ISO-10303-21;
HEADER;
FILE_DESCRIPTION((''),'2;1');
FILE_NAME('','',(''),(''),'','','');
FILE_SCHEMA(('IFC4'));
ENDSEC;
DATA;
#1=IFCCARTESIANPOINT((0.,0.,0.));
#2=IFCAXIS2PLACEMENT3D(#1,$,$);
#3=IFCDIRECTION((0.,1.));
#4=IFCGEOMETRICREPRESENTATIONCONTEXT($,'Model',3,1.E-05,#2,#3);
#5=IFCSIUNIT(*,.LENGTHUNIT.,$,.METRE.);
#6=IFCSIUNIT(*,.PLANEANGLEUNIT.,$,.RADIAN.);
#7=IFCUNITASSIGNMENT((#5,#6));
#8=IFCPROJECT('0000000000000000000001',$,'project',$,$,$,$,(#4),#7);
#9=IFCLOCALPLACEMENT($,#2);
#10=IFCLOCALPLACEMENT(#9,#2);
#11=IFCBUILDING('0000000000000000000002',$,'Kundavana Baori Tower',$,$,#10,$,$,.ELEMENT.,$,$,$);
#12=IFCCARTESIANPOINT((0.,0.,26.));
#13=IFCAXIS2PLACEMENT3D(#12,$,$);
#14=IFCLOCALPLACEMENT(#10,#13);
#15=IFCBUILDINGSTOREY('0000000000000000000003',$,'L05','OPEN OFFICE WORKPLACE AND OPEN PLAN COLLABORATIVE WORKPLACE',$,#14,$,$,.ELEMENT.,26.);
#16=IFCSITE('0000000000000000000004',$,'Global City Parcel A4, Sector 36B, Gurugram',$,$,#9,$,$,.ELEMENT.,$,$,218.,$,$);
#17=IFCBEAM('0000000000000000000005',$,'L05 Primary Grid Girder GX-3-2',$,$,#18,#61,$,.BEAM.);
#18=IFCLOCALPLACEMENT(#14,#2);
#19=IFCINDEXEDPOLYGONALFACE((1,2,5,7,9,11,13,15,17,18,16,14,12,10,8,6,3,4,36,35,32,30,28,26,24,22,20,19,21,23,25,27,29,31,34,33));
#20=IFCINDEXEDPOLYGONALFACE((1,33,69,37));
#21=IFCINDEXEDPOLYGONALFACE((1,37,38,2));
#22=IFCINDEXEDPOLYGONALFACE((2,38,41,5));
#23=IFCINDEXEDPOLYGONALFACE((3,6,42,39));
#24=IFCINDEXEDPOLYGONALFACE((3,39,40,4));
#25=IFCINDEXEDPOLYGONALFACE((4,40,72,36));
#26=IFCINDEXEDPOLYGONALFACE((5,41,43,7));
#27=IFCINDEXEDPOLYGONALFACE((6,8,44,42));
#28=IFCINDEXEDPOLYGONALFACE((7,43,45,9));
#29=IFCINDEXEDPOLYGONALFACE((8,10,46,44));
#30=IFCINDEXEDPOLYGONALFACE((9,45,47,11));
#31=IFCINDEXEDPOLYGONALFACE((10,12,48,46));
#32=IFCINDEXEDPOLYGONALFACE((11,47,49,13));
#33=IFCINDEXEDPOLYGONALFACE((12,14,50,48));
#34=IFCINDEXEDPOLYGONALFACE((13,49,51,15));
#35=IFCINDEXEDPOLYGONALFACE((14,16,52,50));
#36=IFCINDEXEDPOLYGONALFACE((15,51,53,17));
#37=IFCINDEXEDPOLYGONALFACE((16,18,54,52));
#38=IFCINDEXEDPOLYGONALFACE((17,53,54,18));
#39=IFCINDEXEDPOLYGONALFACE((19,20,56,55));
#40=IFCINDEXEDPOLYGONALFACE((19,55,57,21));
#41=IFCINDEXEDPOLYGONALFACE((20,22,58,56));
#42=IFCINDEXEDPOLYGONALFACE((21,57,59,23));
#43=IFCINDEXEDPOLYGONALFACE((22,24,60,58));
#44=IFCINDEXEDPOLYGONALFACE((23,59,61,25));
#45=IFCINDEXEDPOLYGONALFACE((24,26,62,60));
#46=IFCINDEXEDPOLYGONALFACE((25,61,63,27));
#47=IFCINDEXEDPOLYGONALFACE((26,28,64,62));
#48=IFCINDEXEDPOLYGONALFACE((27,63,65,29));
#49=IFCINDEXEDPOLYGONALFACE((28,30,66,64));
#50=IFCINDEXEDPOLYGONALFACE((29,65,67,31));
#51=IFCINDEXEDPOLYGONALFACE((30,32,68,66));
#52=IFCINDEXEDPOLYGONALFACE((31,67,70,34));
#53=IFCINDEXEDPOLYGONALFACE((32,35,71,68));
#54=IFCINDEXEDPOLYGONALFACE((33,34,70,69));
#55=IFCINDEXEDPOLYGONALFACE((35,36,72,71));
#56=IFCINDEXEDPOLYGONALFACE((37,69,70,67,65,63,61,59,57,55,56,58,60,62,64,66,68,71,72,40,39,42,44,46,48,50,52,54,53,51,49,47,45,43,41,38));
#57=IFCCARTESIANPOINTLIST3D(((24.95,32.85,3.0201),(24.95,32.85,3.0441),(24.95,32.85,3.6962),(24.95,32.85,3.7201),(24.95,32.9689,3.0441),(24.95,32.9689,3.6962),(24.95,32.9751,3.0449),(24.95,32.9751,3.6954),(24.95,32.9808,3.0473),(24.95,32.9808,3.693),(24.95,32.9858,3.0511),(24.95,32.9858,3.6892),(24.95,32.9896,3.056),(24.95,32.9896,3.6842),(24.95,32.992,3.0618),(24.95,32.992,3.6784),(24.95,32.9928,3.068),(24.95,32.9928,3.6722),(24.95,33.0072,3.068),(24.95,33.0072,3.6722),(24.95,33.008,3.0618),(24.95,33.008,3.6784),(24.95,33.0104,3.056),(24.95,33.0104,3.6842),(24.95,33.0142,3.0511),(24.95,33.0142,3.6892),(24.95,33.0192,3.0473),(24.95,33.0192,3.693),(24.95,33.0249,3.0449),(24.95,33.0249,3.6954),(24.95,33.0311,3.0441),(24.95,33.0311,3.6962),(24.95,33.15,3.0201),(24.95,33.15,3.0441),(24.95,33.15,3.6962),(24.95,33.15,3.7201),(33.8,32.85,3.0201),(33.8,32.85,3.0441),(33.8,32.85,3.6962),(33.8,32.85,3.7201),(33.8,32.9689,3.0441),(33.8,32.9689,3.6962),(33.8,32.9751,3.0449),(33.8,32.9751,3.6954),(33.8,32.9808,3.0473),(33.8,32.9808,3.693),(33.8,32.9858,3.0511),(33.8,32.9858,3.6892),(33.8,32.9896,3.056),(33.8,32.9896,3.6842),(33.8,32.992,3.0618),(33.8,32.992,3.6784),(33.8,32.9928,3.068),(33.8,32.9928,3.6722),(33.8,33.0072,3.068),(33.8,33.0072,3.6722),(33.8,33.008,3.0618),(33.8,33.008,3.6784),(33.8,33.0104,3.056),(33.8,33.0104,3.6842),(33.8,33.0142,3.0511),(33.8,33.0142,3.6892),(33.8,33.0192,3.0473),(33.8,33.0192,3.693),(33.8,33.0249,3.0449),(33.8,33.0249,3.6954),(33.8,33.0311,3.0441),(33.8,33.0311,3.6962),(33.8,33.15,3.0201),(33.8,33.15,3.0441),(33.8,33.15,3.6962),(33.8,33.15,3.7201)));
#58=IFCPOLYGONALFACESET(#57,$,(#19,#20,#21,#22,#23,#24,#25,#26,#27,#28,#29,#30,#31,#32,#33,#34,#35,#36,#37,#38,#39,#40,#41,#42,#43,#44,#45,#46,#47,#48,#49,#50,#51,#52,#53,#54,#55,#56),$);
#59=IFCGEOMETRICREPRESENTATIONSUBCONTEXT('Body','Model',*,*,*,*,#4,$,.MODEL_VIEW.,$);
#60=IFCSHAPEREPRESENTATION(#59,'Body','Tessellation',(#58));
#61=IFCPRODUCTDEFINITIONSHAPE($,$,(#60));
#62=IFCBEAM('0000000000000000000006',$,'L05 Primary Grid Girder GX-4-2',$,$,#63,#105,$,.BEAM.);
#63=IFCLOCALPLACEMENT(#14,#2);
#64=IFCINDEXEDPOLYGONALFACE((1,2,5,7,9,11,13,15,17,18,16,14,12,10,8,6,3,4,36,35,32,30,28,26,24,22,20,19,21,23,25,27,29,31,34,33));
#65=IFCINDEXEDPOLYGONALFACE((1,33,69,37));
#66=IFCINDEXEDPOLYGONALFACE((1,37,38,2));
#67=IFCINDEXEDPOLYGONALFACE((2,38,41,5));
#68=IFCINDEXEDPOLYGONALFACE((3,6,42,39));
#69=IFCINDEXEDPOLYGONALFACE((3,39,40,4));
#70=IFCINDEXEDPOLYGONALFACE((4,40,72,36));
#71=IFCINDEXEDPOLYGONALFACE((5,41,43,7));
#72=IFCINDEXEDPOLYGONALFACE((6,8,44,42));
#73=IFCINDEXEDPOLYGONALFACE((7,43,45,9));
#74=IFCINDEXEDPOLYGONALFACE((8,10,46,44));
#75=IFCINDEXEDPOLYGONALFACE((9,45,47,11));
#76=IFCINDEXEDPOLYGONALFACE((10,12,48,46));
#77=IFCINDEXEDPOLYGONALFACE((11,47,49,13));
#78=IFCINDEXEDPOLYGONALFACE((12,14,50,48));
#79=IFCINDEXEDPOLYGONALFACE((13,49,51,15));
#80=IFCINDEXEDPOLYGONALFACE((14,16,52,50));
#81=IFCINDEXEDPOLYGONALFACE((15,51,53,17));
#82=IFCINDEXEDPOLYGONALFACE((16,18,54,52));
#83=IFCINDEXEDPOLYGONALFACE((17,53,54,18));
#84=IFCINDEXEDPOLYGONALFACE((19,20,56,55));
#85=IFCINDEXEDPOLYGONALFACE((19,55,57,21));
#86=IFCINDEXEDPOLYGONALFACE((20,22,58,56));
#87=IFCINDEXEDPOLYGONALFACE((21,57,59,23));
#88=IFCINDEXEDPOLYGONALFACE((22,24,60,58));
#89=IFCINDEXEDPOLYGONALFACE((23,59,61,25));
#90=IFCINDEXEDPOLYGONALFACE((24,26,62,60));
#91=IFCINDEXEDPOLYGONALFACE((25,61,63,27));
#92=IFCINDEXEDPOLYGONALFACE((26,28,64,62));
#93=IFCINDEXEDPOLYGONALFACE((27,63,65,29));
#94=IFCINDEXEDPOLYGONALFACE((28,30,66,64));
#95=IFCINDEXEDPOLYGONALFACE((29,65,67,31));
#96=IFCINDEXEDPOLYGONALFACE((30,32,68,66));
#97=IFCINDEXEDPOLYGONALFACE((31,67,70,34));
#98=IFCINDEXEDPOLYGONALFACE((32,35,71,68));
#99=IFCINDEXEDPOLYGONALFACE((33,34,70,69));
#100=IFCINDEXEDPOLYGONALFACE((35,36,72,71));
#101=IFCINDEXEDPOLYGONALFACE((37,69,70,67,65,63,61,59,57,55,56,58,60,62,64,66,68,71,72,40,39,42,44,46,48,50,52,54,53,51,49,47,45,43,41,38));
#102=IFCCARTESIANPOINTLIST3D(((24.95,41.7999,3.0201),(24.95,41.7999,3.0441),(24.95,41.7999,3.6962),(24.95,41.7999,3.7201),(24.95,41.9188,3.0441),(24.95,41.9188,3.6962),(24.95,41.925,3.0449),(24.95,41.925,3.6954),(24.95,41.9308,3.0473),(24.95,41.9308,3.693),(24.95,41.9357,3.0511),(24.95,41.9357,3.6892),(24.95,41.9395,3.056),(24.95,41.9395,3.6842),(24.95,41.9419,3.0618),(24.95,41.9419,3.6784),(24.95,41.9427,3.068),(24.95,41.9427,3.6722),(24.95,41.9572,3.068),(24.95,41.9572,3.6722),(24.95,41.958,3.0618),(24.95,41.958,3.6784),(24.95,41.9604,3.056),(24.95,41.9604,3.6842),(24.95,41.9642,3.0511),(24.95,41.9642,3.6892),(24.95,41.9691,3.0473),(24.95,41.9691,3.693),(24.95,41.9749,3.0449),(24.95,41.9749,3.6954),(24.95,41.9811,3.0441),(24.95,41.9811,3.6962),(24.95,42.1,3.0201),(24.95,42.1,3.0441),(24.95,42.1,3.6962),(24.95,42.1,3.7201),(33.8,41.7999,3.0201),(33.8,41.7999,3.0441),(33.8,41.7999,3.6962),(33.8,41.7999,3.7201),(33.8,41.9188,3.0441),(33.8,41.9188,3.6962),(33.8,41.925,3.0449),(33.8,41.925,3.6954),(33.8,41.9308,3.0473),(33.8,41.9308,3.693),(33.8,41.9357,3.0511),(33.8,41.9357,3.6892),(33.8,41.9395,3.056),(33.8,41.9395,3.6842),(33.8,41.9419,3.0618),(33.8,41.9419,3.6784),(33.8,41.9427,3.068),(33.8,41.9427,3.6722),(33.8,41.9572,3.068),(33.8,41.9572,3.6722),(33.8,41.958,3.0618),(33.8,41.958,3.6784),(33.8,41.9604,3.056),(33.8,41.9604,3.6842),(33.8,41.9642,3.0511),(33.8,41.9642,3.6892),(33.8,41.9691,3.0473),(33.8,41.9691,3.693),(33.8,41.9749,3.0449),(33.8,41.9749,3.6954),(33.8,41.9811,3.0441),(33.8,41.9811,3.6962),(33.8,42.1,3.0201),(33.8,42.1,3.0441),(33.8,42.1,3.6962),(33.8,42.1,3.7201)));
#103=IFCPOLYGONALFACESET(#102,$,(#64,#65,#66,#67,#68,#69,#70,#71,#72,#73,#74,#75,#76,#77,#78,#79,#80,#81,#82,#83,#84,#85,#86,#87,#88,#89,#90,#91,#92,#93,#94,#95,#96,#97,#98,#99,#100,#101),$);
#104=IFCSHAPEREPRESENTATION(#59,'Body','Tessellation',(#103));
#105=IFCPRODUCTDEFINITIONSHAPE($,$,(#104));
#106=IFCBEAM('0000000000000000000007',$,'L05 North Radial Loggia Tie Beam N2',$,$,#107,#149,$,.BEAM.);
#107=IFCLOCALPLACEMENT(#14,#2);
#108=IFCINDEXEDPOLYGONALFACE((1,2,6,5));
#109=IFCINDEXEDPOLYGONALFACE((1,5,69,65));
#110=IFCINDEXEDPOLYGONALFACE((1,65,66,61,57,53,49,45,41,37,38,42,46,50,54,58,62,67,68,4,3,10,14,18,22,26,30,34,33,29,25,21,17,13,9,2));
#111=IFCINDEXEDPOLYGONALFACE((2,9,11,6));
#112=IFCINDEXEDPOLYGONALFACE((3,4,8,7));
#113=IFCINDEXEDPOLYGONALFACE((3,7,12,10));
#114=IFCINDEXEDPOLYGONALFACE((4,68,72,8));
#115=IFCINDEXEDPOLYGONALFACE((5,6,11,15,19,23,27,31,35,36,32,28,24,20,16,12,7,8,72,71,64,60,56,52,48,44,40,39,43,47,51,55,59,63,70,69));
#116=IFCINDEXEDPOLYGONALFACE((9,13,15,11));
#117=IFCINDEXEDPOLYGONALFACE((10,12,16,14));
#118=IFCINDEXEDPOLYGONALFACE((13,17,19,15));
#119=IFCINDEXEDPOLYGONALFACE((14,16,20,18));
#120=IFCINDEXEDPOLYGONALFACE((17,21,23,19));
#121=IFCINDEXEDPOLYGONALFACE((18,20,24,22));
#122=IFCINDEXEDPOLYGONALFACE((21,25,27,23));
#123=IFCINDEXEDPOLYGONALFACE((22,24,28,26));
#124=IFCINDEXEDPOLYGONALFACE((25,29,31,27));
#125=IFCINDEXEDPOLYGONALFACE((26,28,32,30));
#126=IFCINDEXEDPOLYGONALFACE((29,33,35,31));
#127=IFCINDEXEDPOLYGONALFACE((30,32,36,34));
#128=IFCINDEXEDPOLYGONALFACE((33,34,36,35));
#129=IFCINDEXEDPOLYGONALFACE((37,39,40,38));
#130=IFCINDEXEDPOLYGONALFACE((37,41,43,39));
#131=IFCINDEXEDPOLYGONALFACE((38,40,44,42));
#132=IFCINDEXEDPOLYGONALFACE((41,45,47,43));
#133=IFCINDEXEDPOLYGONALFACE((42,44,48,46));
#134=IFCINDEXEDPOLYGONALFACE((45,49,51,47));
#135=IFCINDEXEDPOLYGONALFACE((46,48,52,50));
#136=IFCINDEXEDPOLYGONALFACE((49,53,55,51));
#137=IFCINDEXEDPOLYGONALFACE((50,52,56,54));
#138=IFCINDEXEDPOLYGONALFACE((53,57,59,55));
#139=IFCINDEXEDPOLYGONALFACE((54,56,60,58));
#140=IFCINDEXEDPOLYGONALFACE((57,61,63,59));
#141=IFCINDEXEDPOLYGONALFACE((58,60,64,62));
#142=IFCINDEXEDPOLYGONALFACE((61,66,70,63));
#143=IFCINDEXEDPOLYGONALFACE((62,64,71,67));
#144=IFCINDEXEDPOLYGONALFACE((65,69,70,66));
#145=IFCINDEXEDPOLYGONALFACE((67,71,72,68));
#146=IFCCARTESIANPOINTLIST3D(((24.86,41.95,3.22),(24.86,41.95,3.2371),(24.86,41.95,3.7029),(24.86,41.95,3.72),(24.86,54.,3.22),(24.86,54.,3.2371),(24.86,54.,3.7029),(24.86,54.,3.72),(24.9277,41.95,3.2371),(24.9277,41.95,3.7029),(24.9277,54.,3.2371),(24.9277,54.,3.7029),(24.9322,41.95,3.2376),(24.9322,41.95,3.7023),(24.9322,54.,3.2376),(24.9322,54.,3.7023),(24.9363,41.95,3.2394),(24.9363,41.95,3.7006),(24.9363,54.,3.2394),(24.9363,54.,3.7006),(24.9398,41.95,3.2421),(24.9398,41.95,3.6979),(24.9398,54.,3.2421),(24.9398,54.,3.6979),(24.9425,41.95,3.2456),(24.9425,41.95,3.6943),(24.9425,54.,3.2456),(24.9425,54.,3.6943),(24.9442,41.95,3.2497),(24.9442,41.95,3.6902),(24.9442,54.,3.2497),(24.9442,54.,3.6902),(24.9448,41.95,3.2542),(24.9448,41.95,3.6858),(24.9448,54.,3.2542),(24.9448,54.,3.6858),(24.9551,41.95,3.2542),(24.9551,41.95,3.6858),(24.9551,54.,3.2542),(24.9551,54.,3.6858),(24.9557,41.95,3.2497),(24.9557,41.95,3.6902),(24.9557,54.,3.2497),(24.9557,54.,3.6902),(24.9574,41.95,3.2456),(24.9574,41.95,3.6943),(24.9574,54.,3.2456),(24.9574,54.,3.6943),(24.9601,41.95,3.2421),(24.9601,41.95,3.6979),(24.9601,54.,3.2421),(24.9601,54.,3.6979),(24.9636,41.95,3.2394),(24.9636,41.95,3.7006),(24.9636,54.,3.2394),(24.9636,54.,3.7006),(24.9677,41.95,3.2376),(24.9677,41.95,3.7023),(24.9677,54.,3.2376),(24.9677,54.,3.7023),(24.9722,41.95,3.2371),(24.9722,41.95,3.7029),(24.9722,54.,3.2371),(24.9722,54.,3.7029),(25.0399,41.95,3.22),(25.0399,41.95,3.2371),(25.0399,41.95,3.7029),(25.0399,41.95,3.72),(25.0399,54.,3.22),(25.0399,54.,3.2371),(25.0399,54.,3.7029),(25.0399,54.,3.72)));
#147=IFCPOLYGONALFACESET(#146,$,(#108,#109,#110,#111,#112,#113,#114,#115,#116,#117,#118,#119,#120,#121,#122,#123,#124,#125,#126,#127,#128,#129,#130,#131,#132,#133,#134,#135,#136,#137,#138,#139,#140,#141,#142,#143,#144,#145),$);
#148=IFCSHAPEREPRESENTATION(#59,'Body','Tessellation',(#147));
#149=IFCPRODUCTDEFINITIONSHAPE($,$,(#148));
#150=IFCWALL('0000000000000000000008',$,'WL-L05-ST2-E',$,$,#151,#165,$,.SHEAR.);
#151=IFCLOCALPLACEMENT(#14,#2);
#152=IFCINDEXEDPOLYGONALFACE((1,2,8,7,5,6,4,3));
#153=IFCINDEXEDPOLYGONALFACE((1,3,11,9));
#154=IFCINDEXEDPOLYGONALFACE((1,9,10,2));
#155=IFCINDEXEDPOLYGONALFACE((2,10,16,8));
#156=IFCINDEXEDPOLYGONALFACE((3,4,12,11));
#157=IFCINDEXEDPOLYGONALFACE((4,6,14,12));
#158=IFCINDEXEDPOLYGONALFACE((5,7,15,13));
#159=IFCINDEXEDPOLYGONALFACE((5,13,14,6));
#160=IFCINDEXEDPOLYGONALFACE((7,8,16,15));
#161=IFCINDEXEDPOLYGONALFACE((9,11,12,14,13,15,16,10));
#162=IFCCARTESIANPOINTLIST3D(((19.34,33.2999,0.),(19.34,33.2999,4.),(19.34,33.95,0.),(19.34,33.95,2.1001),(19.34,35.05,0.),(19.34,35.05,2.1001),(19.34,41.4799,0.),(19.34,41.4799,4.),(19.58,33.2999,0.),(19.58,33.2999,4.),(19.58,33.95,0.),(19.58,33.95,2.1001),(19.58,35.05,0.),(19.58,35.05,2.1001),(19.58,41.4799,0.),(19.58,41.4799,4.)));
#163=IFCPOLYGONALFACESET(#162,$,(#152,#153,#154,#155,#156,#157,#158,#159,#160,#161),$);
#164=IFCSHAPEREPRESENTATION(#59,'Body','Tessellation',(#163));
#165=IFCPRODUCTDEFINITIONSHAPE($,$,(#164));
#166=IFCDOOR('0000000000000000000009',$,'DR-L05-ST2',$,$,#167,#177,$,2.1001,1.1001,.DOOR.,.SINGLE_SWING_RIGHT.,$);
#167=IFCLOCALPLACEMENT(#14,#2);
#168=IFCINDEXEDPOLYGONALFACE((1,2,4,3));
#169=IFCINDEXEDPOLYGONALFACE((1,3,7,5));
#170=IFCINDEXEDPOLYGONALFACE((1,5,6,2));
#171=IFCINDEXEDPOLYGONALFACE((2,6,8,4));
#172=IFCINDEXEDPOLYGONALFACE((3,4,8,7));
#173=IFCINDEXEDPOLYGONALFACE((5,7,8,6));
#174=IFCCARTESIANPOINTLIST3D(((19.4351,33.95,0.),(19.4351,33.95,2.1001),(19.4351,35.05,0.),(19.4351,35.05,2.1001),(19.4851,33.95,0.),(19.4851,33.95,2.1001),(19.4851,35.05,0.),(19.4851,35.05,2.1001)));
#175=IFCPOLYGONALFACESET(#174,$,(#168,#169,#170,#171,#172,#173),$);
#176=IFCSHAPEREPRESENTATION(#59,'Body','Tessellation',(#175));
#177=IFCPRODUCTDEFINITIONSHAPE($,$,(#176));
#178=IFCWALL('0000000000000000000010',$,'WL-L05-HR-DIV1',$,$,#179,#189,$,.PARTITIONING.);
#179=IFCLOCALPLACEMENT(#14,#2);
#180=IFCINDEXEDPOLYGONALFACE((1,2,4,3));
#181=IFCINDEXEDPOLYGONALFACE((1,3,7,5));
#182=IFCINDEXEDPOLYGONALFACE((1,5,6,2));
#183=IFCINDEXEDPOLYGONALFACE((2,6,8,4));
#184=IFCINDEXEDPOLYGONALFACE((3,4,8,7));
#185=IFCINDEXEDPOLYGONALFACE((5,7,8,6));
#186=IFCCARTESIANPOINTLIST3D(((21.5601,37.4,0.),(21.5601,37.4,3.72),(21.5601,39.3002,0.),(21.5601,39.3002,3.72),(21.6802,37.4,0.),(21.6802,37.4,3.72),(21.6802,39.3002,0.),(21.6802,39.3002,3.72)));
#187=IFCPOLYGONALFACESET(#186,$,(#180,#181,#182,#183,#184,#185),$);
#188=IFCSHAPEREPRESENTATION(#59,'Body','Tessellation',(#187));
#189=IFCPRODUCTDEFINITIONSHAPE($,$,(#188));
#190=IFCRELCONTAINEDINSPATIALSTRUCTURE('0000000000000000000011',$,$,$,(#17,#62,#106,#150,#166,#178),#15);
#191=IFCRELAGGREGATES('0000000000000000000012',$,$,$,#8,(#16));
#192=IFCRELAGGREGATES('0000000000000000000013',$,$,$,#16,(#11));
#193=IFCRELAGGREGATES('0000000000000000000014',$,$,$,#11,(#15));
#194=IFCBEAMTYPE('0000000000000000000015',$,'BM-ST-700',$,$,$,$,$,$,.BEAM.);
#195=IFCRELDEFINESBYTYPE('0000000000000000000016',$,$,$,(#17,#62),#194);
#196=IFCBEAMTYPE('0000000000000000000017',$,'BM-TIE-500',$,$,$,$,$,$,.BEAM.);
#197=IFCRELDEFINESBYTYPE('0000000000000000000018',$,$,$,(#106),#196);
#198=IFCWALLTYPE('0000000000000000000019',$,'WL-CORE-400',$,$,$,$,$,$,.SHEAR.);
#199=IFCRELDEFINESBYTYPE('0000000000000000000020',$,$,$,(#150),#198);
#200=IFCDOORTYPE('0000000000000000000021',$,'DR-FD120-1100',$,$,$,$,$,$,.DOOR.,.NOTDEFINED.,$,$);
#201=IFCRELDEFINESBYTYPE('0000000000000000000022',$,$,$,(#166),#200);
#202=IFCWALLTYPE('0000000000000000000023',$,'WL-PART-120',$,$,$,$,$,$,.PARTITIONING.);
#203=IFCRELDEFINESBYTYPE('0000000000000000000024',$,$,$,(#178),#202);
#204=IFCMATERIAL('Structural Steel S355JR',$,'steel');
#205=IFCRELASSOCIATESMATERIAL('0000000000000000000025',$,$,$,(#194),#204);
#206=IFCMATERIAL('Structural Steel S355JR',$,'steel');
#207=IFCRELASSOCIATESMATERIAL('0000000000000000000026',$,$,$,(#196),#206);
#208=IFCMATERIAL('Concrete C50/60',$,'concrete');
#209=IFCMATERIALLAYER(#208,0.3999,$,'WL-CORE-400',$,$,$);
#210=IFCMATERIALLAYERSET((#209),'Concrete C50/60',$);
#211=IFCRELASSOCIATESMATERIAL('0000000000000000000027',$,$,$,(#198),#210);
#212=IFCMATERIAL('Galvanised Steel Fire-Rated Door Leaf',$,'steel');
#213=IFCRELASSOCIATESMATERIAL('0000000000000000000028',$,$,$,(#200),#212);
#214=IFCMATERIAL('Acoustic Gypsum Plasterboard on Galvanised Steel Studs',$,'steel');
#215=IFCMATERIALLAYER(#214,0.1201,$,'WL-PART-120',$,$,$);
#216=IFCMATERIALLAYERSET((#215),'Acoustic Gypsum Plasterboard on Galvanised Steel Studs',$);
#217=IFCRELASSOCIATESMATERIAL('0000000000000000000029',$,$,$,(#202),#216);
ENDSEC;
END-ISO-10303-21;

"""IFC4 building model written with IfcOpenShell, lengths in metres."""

from ifc_helpers import new_model, si_unit, direction, frame, frame_2d, origin, origin_2d, place, context, subcontext, project, spatial, rectangle, i_section, extrude, material, layer, layer_set, material_profile, profile_set, type_object, element, fill, save


model = new_model("IFC4")

# Units and contexts
model_context = context("Model", 3, precision=1e-05, world=origin(), true_north=direction((0.0, 1.0)))
body_context = subcontext(model_context, "Body", "Model", "MODEL_VIEW")
ifc_project = project(units=[si_unit("LENGTHUNIT", "METRE"), si_unit("PLANEANGLEUNIT", "RADIAN")], contexts=[model_context])

# Site, building, storey
site_placement = place(None, origin())
site = spatial("IfcSite", under=ifc_project, at=site_placement, Name="Global City Parcel A4, Sector 36B, Gurugram", CompositionType="ELEMENT", RefElevation=218.0)
building_placement = place(site_placement, origin())
building = spatial("IfcBuilding", under=site, at=building_placement, Name="Kundavana Baori Tower", CompositionType="ELEMENT")
storey_placement = place(building_placement, frame((0.0, 0.0, 26.0)))
storey = spatial("IfcBuildingStorey", under=building, at=storey_placement, Name="L05", Description="OPEN OFFICE WORKPLACE AND OPEN PLAN COLLABORATIVE WORKPLACE", CompositionType="ELEMENT", Elevation=26.0)

# Beams
ifc_material_1 = material(Name="Structural Steel S355JR", Category="steel")
ifc_material_profile_1 = material_profile(ifc_material_1, i_section(OverallWidth=0.3, OverallDepth=0.7, WebThickness=0.0144, FlangeThickness=0.0239, FilletRadius=0.0239, at=origin_2d()), Name="NPB 700x300x170")
ifc_profile_set_1 = profile_set([ifc_material_profile_1], Name="Structural Steel S355JR")
beam_type_1 = type_object("IfcBeamType", Name="BM-ST-700", PredefinedType="BEAM", material=ifc_profile_set_1)
for number, where, z_axis, x_axis, name in (
    (1, (24.95, 33.0, 3.3701), (1.0, 0.0, 0.0), (0.0, 1.0, 0.0), "L05 Primary Grid Girder GX-3-2"),
    (2, (24.95, 41.95, 3.3701), (1.0, 0.0, 0.0), (0.0, 1.0, 0.0), "L05 Primary Grid Girder GX-4-2"),
):
    element("IfcBeam", number, at=place(storey_placement, frame(where, z_axis=z_axis, x_axis=x_axis)), inside=storey, type_object=beam_type_1, Name=name, PredefinedType="BEAM", context=body_context, shape_type="SweptSolid", body=[
        extrude(i_section(OverallWidth=0.3, OverallDepth=0.7, WebThickness=0.0144, FlangeThickness=0.0239, FilletRadius=0.0239, at=origin_2d()), origin(), (0.0, 0.0, 1.0), 8.8501),
    ])
ifc_material_2 = material(Name="Structural Steel S355JR", Category="steel")
ifc_material_profile_2 = material_profile(ifc_material_2, i_section(OverallWidth=0.1799, OverallDepth=0.5, WebThickness=0.0103, FlangeThickness=0.0171, FilletRadius=0.0171, at=origin_2d()), Name="ISMB 500")
ifc_profile_set_2 = profile_set([ifc_material_profile_2], Name="Structural Steel S355JR")
beam_type_2 = type_object("IfcBeamType", Name="BM-TIE-500", PredefinedType="BEAM", material=ifc_profile_set_2)
beam_1_placement = place(storey_placement, frame((24.95, 41.95, 3.47), z_axis=(0.0, 1.0, 0.0), x_axis=(-1.0, 0.0, 0.0)))
element("IfcBeam", 3, at=beam_1_placement, inside=storey, type_object=beam_type_2, Name="L05 North Radial Loggia Tie Beam N2", PredefinedType="BEAM", context=body_context, shape_type="SweptSolid", body=[
    extrude(i_section(OverallWidth=0.1799, OverallDepth=0.5, WebThickness=0.0103, FlangeThickness=0.0171, FilletRadius=0.0171, at=origin_2d()), origin(), (0.0, 0.0, 1.0), 12.05),
])

# Wall, opening, door
ifc_material_3 = material(Name="Concrete C50/60", Category="concrete")
ifc_layer_1 = layer(ifc_material_3, 0.3999, Name="WL-CORE-400")
ifc_layer_set_1 = layer_set([ifc_layer_1], Name="Concrete C50/60")
wall_type_1 = type_object("IfcWallType", Name="WL-CORE-400", PredefinedType="SHEAR", material=ifc_layer_set_1)
wall_1_placement = place(storey_placement, frame((19.46, 33.3, 0.0), z_axis=(0.0, 0.0, 1.0), x_axis=(0.0, 1.0, 0.0)))
wall_1 = element("IfcWall", 4, at=wall_1_placement, inside=storey, type_object=wall_type_1, Name="WL-L05-ST2-E", PredefinedType="SHEAR", context=body_context, shape_type="SweptSolid", body=[
    extrude(rectangle(XDim=8.1799, YDim=0.24, at=frame_2d((4.0898, 0.0))), origin(), (0.0, 0.0, 1.0), 4.0),
])
opening_1_placement = place(wall_1_placement, frame((0.6499, 0.0, 0.0)))
opening_1 = element("IfcOpeningElement", 5, at=opening_1_placement, cuts=wall_1, PredefinedType="OPENING", context=body_context, shape_type="SweptSolid", body=[
    extrude(rectangle(XDim=1.1001, YDim=2.1001, at=frame_2d((0.55, 1.05))), frame((0.0, 0.1299, 0.0), z_axis=(0.0, -1.0, 0.0), x_axis=(1.0, 0.0, 0.0)), (0.0, 0.0, 1.0), 0.26),
])
ifc_material_4 = material(Name="Galvanised Steel Fire-Rated Door Leaf", Category="steel")
door_type_1 = type_object("IfcDoorType", Name="DR-FD120-1100", OperationType="NOTDEFINED", PredefinedType="DOOR", material=ifc_material_4)
door_1_placement = place(opening_1_placement, origin())
door_1 = element("IfcDoor", 6, at=door_1_placement, inside=storey, type_object=door_type_1, Name="DR-L05-ST2", OperationType="SINGLE_SWING_RIGHT", OverallHeight=2.1001, OverallWidth=1.1001, PredefinedType="DOOR", context=body_context, shape_type="SweptSolid", body=[
    extrude(rectangle(XDim=1.1001, YDim=2.1001, at=frame_2d((0.55, 1.05))), frame((0.0, 0.0249, 0.0), z_axis=(0.0, -1.0, 0.0), x_axis=(1.0, 0.0, 0.0)), (0.0, 0.0, 1.0), 0.05),
])
fill(opening_1, door_1)

# Wall
ifc_material_5 = material(Name="Acoustic Gypsum Plasterboard on Galvanised Steel Studs", Category="steel")
ifc_layer_2 = layer(ifc_material_5, 0.1201, Name="WL-PART-120")
ifc_layer_set_2 = layer_set([ifc_layer_2], Name="Acoustic Gypsum Plasterboard on Galvanised Steel Studs")
wall_type_2 = type_object("IfcWallType", Name="WL-PART-120", PredefinedType="PARTITIONING", material=ifc_layer_set_2)
wall_2_placement = place(storey_placement, frame((21.6201, 37.3999, 0.0), z_axis=(0.0, 0.0, 1.0), x_axis=(0.0, 1.0, 0.0)))
element("IfcWall", 7, at=wall_2_placement, inside=storey, type_object=wall_type_2, Name="WL-L05-HR-DIV1", PredefinedType="PARTITIONING", context=body_context, shape_type="SweptSolid", body=[
    extrude(rectangle(XDim=1.9001, YDim=0.1201, at=frame_2d((0.9502, 0.0))), origin(), (0.0, 0.0, 1.0), 3.72),
])

save(model, "model.ifc")
